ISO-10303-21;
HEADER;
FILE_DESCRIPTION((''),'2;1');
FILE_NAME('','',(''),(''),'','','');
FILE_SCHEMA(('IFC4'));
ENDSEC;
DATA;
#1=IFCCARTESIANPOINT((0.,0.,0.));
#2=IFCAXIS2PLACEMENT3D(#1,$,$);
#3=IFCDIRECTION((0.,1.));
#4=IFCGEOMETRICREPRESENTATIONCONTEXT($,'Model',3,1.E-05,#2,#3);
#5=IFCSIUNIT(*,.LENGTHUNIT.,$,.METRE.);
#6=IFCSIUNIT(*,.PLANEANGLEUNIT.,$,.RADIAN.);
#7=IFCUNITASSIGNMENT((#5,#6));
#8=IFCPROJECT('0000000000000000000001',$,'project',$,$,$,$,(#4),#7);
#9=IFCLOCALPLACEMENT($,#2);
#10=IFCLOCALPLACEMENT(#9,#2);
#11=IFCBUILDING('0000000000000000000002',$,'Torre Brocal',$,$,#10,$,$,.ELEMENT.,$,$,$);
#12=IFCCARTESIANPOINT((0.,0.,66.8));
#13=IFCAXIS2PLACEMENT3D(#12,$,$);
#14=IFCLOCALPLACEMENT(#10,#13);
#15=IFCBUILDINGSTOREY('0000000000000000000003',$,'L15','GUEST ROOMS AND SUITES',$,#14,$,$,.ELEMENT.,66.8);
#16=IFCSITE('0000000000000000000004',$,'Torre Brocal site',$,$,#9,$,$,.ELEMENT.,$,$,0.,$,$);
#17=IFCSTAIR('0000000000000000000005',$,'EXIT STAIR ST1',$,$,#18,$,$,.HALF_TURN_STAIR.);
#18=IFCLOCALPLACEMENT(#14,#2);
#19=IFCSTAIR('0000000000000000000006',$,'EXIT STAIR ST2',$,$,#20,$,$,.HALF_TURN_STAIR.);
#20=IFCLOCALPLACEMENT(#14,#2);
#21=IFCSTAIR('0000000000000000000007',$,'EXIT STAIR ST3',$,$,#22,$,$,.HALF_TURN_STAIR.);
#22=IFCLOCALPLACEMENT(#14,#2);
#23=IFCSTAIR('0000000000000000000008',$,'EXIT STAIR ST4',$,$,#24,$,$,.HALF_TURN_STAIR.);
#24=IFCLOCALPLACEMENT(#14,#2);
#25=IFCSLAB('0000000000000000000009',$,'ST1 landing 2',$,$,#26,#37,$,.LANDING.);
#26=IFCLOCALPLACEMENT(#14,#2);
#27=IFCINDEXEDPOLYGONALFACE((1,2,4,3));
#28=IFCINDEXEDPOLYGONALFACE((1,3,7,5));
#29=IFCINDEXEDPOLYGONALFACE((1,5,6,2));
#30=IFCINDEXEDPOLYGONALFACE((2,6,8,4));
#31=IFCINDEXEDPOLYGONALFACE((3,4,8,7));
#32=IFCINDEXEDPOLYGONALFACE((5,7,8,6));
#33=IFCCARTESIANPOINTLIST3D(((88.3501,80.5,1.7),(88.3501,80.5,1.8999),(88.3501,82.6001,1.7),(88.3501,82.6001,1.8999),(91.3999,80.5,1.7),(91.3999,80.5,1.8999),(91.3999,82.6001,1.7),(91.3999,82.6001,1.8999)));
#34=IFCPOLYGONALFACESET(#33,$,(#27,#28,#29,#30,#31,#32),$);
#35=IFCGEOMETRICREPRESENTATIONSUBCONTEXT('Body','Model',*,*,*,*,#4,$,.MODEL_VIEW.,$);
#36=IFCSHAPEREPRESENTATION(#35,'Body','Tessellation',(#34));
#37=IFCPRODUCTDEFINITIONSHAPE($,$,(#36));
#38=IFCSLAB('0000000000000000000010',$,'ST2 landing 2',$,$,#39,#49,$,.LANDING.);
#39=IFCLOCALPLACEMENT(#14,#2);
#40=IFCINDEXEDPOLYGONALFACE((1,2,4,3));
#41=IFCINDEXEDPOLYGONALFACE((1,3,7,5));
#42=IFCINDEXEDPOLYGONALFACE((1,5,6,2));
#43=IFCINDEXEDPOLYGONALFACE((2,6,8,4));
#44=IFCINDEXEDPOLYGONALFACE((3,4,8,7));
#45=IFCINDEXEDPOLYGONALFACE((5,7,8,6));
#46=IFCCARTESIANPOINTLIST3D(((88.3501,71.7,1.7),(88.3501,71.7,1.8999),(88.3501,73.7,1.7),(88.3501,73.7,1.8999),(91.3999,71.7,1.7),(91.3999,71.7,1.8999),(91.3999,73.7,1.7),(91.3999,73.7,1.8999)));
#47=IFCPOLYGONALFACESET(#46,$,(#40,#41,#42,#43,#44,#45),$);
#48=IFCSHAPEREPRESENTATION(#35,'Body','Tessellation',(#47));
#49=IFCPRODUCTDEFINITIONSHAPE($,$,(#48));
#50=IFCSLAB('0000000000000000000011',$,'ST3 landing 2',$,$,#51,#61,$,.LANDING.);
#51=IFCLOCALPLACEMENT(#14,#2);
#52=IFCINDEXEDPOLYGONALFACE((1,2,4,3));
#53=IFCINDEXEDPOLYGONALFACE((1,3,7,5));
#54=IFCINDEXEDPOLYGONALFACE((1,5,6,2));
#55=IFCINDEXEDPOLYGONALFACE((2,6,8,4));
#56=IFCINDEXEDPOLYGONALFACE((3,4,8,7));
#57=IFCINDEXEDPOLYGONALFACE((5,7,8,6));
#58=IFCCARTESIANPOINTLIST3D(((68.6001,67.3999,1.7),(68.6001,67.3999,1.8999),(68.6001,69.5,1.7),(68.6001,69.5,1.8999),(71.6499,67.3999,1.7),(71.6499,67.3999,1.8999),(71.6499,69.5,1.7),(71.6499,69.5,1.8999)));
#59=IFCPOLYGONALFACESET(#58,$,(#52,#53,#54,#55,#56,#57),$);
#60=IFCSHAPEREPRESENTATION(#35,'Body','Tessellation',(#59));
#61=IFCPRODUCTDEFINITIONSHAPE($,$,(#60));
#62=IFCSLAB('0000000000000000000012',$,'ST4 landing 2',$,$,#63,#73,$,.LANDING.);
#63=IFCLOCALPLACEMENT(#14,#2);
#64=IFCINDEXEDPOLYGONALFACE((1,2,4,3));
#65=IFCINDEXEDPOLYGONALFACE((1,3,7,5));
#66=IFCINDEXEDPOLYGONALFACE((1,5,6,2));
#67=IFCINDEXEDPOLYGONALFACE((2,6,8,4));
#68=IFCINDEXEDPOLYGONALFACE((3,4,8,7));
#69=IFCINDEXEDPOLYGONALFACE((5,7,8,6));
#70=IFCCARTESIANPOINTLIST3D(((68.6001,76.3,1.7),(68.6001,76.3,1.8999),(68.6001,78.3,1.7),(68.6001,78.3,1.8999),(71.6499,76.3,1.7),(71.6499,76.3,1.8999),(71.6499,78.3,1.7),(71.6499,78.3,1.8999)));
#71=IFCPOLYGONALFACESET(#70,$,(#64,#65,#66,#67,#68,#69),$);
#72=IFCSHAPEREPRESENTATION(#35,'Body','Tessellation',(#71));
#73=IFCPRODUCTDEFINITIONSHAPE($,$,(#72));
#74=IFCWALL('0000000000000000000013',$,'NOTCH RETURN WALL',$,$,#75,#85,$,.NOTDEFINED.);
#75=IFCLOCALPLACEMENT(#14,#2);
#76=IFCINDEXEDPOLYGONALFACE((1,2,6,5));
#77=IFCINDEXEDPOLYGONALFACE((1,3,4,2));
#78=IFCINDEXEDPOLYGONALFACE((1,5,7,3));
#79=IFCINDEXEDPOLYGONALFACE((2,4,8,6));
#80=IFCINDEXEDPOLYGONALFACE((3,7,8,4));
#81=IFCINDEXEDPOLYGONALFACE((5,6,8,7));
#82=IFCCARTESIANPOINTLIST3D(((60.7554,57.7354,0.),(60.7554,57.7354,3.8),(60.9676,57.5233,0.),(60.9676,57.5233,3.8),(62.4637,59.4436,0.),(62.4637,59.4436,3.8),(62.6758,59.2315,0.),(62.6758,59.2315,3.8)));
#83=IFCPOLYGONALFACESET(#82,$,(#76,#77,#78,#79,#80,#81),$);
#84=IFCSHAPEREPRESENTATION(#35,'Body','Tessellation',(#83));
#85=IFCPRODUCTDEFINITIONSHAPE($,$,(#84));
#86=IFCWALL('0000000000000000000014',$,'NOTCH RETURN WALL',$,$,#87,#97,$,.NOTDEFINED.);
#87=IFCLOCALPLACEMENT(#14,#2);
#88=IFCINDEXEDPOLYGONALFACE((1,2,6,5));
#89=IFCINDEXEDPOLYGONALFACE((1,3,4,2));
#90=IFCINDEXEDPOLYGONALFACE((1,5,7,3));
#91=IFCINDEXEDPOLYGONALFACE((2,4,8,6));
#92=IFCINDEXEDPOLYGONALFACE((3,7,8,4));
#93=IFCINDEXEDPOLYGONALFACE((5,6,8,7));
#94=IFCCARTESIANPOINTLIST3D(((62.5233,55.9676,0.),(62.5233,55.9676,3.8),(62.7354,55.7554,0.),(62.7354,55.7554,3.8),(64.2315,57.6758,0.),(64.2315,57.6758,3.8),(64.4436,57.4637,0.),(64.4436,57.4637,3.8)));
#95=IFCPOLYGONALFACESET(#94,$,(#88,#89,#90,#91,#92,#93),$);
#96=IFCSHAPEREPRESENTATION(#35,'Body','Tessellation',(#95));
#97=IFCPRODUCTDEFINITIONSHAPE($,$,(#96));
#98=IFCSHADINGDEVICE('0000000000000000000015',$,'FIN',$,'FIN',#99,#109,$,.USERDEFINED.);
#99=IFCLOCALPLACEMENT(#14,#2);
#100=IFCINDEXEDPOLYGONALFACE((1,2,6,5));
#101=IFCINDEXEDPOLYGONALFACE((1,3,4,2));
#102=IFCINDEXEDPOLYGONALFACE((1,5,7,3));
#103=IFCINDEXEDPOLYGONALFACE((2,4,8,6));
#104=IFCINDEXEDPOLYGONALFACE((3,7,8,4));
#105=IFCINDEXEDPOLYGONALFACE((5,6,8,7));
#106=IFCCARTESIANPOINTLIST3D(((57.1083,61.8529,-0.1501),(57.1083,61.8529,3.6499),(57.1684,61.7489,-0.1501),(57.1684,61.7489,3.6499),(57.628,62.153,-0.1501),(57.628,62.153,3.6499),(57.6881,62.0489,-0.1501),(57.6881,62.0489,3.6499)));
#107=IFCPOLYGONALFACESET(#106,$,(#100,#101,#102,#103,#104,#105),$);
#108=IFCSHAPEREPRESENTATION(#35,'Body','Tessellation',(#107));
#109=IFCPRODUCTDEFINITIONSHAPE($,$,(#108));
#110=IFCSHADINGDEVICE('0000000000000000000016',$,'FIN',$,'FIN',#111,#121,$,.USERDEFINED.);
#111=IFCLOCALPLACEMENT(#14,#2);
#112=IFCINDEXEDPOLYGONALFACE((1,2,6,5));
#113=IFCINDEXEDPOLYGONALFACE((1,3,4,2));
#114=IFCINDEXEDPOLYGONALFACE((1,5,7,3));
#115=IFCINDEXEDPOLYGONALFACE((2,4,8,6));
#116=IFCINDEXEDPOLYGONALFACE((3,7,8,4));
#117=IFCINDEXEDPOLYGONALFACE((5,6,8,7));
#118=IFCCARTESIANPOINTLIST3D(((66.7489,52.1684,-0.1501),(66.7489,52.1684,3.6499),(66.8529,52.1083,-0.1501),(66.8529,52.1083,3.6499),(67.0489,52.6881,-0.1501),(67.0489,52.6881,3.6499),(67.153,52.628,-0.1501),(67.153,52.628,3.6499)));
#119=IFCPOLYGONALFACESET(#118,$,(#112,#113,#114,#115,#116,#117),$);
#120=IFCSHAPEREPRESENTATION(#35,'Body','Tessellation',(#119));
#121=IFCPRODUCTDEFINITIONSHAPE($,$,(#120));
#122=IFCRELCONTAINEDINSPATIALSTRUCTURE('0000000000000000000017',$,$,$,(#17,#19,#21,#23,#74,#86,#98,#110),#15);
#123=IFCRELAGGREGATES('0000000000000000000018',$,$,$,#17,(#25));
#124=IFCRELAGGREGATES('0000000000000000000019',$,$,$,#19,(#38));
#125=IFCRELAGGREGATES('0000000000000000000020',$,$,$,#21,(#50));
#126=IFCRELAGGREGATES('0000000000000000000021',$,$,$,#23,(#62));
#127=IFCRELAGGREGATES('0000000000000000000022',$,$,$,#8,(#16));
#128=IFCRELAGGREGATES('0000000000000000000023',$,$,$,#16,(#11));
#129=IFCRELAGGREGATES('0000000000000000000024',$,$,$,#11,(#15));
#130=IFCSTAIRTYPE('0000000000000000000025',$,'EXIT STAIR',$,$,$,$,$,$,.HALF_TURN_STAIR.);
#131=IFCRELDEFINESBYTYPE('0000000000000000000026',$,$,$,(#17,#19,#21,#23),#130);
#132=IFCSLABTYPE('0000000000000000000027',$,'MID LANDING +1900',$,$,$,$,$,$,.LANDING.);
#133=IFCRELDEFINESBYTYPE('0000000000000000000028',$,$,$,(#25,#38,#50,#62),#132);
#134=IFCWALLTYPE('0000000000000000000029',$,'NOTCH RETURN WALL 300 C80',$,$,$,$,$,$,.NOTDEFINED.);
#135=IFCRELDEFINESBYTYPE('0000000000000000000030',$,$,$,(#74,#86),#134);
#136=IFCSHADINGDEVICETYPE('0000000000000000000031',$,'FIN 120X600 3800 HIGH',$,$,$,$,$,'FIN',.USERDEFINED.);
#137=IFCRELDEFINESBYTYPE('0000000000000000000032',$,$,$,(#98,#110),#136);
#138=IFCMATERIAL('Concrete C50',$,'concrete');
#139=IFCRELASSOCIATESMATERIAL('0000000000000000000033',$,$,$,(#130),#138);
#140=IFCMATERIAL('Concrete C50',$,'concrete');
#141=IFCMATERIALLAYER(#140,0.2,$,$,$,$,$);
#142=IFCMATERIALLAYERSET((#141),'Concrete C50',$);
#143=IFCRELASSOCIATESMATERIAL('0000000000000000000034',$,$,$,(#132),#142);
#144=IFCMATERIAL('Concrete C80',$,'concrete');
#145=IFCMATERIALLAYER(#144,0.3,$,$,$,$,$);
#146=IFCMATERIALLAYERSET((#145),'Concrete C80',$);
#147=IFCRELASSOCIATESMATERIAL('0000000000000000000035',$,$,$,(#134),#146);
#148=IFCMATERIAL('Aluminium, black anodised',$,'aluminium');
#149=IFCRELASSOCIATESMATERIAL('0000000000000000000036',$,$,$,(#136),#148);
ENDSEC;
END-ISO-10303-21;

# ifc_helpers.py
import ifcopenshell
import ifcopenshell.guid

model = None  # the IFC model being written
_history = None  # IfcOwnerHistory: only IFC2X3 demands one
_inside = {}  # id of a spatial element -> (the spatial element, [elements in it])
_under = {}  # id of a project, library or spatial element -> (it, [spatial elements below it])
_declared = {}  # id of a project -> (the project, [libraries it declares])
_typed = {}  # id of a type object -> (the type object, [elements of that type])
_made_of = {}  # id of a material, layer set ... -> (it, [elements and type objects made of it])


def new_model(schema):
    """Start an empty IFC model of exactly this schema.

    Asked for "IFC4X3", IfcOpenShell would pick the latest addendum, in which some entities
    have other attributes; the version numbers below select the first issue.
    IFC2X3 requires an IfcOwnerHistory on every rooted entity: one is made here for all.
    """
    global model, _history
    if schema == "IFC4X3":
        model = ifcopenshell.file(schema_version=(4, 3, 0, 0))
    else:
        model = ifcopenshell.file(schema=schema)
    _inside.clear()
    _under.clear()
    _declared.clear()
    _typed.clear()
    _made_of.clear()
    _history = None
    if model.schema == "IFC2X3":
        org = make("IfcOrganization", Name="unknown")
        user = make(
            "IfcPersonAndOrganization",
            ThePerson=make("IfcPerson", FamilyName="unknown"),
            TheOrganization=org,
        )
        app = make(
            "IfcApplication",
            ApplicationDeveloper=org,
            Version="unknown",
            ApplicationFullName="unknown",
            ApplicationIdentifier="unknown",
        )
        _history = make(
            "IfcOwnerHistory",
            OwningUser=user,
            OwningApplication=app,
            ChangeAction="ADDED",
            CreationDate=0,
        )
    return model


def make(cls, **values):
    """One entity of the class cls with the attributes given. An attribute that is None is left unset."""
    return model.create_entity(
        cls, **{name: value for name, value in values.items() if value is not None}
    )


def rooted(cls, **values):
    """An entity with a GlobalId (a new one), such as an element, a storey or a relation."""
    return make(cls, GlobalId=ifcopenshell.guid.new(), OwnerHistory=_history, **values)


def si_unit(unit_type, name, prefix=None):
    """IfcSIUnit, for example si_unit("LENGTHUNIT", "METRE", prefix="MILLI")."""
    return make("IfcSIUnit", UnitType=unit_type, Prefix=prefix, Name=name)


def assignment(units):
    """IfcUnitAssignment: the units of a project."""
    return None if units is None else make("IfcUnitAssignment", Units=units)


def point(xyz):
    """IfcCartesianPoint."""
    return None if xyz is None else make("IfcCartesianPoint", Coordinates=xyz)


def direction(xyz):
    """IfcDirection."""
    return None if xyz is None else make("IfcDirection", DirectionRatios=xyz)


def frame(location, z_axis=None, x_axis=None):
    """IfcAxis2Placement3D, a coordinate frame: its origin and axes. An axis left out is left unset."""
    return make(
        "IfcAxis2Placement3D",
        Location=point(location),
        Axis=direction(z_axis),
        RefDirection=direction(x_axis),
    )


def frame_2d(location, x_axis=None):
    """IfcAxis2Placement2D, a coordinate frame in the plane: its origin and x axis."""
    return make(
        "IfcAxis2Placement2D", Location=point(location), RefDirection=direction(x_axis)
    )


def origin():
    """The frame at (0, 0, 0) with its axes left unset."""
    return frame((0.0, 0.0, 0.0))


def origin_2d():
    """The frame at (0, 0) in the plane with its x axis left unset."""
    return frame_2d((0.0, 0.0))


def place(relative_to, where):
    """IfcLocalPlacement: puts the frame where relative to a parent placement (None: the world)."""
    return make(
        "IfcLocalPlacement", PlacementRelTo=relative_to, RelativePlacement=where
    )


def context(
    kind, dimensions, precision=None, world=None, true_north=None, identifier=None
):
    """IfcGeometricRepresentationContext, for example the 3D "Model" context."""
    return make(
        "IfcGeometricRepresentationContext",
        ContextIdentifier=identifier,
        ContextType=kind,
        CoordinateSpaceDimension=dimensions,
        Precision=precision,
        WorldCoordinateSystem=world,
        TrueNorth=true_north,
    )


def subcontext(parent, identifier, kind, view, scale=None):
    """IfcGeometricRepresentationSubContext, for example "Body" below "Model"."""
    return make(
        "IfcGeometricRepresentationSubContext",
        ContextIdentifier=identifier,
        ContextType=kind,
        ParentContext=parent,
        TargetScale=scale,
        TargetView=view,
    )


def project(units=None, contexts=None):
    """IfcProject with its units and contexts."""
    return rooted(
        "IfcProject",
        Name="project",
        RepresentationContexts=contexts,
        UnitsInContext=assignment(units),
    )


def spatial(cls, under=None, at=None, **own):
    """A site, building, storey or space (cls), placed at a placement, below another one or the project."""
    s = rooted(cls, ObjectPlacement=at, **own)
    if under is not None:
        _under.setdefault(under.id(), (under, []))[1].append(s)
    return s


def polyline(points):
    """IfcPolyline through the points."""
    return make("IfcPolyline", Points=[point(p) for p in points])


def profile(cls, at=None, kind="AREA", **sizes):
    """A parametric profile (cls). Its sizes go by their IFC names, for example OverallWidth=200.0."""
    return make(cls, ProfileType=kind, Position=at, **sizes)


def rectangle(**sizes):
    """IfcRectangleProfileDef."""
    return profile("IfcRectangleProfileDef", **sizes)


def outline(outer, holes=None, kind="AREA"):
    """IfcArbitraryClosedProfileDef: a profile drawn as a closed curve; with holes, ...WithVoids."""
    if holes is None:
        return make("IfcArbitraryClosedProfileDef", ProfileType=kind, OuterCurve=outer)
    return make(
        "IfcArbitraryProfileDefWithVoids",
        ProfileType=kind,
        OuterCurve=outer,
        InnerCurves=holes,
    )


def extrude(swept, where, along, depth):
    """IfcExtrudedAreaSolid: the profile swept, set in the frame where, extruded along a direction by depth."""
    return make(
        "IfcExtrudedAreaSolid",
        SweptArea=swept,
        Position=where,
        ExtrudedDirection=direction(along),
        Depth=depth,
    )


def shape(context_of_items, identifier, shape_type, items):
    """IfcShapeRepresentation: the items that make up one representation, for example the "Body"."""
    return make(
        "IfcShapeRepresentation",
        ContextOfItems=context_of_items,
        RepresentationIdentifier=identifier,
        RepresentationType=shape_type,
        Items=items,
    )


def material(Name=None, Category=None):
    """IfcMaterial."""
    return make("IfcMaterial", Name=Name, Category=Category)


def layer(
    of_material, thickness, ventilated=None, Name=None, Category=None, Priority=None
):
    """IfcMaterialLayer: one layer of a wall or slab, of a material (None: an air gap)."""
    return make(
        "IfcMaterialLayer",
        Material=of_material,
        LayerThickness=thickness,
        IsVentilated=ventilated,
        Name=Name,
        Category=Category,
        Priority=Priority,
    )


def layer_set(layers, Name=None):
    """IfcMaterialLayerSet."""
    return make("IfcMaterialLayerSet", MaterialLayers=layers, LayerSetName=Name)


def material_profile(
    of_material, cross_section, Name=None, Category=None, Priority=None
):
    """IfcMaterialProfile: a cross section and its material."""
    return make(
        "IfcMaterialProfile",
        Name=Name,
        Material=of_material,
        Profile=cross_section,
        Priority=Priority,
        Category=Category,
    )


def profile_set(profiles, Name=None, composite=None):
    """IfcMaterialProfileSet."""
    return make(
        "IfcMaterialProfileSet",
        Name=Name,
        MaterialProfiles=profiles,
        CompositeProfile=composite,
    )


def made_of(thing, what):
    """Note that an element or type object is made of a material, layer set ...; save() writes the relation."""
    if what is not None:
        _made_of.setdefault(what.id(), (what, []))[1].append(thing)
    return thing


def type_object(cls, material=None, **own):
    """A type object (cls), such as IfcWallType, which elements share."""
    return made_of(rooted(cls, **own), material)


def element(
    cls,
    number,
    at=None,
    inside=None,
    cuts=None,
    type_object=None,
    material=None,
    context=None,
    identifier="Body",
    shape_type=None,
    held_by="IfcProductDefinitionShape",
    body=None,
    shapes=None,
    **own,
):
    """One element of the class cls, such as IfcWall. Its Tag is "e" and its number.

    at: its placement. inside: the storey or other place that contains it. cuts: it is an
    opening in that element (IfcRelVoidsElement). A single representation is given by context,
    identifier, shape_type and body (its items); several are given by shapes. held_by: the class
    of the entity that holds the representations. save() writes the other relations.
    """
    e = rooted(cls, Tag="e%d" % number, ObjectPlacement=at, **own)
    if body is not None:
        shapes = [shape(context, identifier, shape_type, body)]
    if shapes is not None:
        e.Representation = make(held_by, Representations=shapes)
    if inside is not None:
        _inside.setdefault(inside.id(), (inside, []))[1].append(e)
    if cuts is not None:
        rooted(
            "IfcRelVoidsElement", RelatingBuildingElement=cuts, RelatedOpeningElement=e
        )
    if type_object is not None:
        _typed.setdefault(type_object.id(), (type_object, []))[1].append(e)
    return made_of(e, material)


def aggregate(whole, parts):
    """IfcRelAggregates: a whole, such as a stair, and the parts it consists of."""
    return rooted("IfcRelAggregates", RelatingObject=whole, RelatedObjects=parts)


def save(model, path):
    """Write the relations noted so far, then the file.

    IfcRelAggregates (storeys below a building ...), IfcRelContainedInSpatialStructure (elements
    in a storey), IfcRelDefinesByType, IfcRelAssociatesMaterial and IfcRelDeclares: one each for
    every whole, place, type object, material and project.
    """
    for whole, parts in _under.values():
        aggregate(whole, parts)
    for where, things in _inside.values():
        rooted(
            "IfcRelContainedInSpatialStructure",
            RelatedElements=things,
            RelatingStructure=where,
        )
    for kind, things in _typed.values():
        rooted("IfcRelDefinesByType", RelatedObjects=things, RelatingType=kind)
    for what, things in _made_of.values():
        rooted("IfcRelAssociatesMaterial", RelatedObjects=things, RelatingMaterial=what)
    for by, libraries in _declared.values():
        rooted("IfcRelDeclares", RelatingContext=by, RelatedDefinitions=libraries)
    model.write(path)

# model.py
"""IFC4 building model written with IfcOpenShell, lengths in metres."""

from ifc_helpers import new_model, si_unit, direction, frame, frame_2d, origin, origin_2d, place, context, subcontext, project, spatial, polyline, rectangle, outline, extrude, material, layer, layer_set, material_profile, profile_set, type_object, element, aggregate, save


model = new_model("IFC4")

# Units and contexts
model_context = context("Model", 3, precision=1e-05, world=origin(), true_north=direction((0.0, 1.0)))
body_context = subcontext(model_context, "Body", "Model", "MODEL_VIEW")
ifc_project = project(units=[si_unit("LENGTHUNIT", "METRE"), si_unit("PLANEANGLEUNIT", "RADIAN")], contexts=[model_context])

# Site, building, storey
site_placement = place(None, origin())
site = spatial("IfcSite", under=ifc_project, at=site_placement, Name="Torre Brocal site", CompositionType="ELEMENT", RefElevation=0.0)
building_placement = place(site_placement, origin())
building = spatial("IfcBuilding", under=site, at=building_placement, Name="Torre Brocal", CompositionType="ELEMENT")
storey_placement = place(building_placement, frame((0.0, 0.0, 66.8)))
storey = spatial("IfcBuildingStorey", under=building, at=storey_placement, Name="L15", Description="GUEST ROOMS AND SUITES", CompositionType="ELEMENT", Elevation=66.8)

# Stairs
ifc_material_1 = material(Name="Concrete C50", Category="concrete")
stair_type = type_object("IfcStairType", Name="EXIT STAIR", PredefinedType="HALF_TURN_STAIR", material=ifc_material_1)
stair_1_placement = place(storey_placement, origin())
stair_1 = element("IfcStair", 1, at=stair_1_placement, inside=storey, type_object=stair_type, Name="EXIT STAIR ST1", PredefinedType="HALF_TURN_STAIR")
stair_2_placement = place(storey_placement, origin())
stair_2 = element("IfcStair", 2, at=stair_2_placement, inside=storey, type_object=stair_type, Name="EXIT STAIR ST2", PredefinedType="HALF_TURN_STAIR")
stair_3_placement = place(storey_placement, origin())
stair_3 = element("IfcStair", 3, at=stair_3_placement, inside=storey, type_object=stair_type, Name="EXIT STAIR ST3", PredefinedType="HALF_TURN_STAIR")
stair_4_placement = place(storey_placement, origin())
stair_4 = element("IfcStair", 4, at=stair_4_placement, inside=storey, type_object=stair_type, Name="EXIT STAIR ST4", PredefinedType="HALF_TURN_STAIR")

# Slabs
ifc_material_2 = material(Name="Concrete C50", Category="concrete")
ifc_layer_1 = layer(ifc_material_2, 0.2)
ifc_layer_set_1 = layer_set([ifc_layer_1], Name="Concrete C50")
slab_type_1 = type_object("IfcSlabType", Name="MID LANDING +1900", PredefinedType="LANDING", material=ifc_layer_set_1)
slab_1_placement = place(storey_placement, frame((0.0, 0.0, 1.7)))
slab_1 = element("IfcSlab", 5, at=slab_1_placement, type_object=slab_type_1, Name="ST1 landing 2", PredefinedType="LANDING", context=body_context, shape_type="SweptSolid", body=[
    extrude(outline(polyline([(88.3501, 80.5), (91.3999, 80.5), (91.3999, 82.6001), (88.3501, 82.6001), (88.3501, 80.5)])), origin(), (0.0, 0.0, 1.0), 0.2),
])
aggregate(stair_1, [slab_1])
slab_2_placement = place(storey_placement, frame((0.0, 0.0, 1.7)))
slab_2 = element("IfcSlab", 6, at=slab_2_placement, type_object=slab_type_1, Name="ST2 landing 2", PredefinedType="LANDING", context=body_context, shape_type="SweptSolid", body=[
    extrude(outline(polyline([(88.3501, 71.7), (91.3999, 71.7), (91.3999, 73.7), (88.3501, 73.7), (88.3501, 71.7)])), origin(), (0.0, 0.0, 1.0), 0.2),
])
aggregate(stair_2, [slab_2])
slab_3_placement = place(storey_placement, frame((0.0, 0.0, 1.7)))
slab_3 = element("IfcSlab", 7, at=slab_3_placement, type_object=slab_type_1, Name="ST3 landing 2", PredefinedType="LANDING", context=body_context, shape_type="SweptSolid", body=[
    extrude(outline(polyline([(71.6499, 69.5), (68.6001, 69.5), (68.6001, 67.3999), (71.6499, 67.3999), (71.6499, 69.5)])), origin(), (0.0, 0.0, 1.0), 0.2),
])
aggregate(stair_3, [slab_3])
slab_4_placement = place(storey_placement, frame((0.0, 0.0, 1.7)))
slab_4 = element("IfcSlab", 8, at=slab_4_placement, type_object=slab_type_1, Name="ST4 landing 2", PredefinedType="LANDING", context=body_context, shape_type="SweptSolid", body=[
    extrude(outline(polyline([(71.6499, 78.3), (68.6001, 78.3), (68.6001, 76.3), (71.6499, 76.3), (71.6499, 78.3)])), origin(), (0.0, 0.0, 1.0), 0.2),
])
aggregate(stair_4, [slab_4])

# Walls
ifc_material_3 = material(Name="Concrete C80", Category="concrete")
ifc_layer_2 = layer(ifc_material_3, 0.3)
ifc_layer_set_2 = layer_set([ifc_layer_2], Name="Concrete C80")
wall_type = type_object("IfcWallType", Name="NOTCH RETURN WALL 300 C80", PredefinedType="NOTDEFINED", material=ifc_layer_set_2)
for number, where, z_axis, x_axis, name in (
    (9, (62.5698, 59.3376, 0.0), (0.0, 0.0, 1.0), (-0.707107, -0.707107, 0.0), "NOTCH RETURN WALL"),
    (10, (64.3376, 57.5698, 0.0), (0.0, 0.0, 1.0), (-0.707107, -0.707107, 0.0), "NOTCH RETURN WALL"),
):
    element("IfcWall", number, at=place(storey_placement, frame(where, z_axis=z_axis, x_axis=x_axis)), inside=storey, type_object=wall_type, Name=name, PredefinedType="NOTDEFINED", context=body_context, shape_type="SweptSolid", body=[
        extrude(rectangle(XDim=2.4158, YDim=0.3, at=frame_2d((1.208, 0.0))), origin(), (0.0, 0.0, 1.0), 3.8),
    ])

# Shading devices
ifc_material_4 = material(Name="Aluminium, black anodised", Category="aluminium")
ifc_material_profile_1 = material_profile(ifc_material_4, rectangle(XDim=0.1201, YDim=0.6001, at=origin_2d()), Name="FIN 120X600 3800 HIGH")
ifc_profile_set_1 = profile_set([ifc_material_profile_1], Name="Aluminium, black anodised")
shading_device_type = type_object("IfcShadingDeviceType", Name="FIN 120X600 3800 HIGH", ElementType="FIN", PredefinedType="USERDEFINED", material=ifc_profile_set_1)
for number, where, z_axis, x_axis, name in (
    (11, (57.3982, 61.9509, -0.1501), (0.0, 0.0, 1.0), (0.5, -0.866025, 0.0), "FIN"),
    (12, (66.9509, 52.3982, -0.1501), (0.0, 0.0, 1.0), (0.866025, -0.5, 0.0), "FIN"),
):
    element("IfcShadingDevice", number, at=place(storey_placement, frame(where, z_axis=z_axis, x_axis=x_axis)), inside=storey, type_object=shading_device_type, Name=name, ObjectType="FIN", PredefinedType="USERDEFINED", context=body_context, shape_type="SweptSolid", body=[
        extrude(rectangle(XDim=0.1201, YDim=0.6001, at=origin_2d()), origin(), (0.0, 0.0, 1.0), 3.8),
    ])

save(model, "model.ifc")
